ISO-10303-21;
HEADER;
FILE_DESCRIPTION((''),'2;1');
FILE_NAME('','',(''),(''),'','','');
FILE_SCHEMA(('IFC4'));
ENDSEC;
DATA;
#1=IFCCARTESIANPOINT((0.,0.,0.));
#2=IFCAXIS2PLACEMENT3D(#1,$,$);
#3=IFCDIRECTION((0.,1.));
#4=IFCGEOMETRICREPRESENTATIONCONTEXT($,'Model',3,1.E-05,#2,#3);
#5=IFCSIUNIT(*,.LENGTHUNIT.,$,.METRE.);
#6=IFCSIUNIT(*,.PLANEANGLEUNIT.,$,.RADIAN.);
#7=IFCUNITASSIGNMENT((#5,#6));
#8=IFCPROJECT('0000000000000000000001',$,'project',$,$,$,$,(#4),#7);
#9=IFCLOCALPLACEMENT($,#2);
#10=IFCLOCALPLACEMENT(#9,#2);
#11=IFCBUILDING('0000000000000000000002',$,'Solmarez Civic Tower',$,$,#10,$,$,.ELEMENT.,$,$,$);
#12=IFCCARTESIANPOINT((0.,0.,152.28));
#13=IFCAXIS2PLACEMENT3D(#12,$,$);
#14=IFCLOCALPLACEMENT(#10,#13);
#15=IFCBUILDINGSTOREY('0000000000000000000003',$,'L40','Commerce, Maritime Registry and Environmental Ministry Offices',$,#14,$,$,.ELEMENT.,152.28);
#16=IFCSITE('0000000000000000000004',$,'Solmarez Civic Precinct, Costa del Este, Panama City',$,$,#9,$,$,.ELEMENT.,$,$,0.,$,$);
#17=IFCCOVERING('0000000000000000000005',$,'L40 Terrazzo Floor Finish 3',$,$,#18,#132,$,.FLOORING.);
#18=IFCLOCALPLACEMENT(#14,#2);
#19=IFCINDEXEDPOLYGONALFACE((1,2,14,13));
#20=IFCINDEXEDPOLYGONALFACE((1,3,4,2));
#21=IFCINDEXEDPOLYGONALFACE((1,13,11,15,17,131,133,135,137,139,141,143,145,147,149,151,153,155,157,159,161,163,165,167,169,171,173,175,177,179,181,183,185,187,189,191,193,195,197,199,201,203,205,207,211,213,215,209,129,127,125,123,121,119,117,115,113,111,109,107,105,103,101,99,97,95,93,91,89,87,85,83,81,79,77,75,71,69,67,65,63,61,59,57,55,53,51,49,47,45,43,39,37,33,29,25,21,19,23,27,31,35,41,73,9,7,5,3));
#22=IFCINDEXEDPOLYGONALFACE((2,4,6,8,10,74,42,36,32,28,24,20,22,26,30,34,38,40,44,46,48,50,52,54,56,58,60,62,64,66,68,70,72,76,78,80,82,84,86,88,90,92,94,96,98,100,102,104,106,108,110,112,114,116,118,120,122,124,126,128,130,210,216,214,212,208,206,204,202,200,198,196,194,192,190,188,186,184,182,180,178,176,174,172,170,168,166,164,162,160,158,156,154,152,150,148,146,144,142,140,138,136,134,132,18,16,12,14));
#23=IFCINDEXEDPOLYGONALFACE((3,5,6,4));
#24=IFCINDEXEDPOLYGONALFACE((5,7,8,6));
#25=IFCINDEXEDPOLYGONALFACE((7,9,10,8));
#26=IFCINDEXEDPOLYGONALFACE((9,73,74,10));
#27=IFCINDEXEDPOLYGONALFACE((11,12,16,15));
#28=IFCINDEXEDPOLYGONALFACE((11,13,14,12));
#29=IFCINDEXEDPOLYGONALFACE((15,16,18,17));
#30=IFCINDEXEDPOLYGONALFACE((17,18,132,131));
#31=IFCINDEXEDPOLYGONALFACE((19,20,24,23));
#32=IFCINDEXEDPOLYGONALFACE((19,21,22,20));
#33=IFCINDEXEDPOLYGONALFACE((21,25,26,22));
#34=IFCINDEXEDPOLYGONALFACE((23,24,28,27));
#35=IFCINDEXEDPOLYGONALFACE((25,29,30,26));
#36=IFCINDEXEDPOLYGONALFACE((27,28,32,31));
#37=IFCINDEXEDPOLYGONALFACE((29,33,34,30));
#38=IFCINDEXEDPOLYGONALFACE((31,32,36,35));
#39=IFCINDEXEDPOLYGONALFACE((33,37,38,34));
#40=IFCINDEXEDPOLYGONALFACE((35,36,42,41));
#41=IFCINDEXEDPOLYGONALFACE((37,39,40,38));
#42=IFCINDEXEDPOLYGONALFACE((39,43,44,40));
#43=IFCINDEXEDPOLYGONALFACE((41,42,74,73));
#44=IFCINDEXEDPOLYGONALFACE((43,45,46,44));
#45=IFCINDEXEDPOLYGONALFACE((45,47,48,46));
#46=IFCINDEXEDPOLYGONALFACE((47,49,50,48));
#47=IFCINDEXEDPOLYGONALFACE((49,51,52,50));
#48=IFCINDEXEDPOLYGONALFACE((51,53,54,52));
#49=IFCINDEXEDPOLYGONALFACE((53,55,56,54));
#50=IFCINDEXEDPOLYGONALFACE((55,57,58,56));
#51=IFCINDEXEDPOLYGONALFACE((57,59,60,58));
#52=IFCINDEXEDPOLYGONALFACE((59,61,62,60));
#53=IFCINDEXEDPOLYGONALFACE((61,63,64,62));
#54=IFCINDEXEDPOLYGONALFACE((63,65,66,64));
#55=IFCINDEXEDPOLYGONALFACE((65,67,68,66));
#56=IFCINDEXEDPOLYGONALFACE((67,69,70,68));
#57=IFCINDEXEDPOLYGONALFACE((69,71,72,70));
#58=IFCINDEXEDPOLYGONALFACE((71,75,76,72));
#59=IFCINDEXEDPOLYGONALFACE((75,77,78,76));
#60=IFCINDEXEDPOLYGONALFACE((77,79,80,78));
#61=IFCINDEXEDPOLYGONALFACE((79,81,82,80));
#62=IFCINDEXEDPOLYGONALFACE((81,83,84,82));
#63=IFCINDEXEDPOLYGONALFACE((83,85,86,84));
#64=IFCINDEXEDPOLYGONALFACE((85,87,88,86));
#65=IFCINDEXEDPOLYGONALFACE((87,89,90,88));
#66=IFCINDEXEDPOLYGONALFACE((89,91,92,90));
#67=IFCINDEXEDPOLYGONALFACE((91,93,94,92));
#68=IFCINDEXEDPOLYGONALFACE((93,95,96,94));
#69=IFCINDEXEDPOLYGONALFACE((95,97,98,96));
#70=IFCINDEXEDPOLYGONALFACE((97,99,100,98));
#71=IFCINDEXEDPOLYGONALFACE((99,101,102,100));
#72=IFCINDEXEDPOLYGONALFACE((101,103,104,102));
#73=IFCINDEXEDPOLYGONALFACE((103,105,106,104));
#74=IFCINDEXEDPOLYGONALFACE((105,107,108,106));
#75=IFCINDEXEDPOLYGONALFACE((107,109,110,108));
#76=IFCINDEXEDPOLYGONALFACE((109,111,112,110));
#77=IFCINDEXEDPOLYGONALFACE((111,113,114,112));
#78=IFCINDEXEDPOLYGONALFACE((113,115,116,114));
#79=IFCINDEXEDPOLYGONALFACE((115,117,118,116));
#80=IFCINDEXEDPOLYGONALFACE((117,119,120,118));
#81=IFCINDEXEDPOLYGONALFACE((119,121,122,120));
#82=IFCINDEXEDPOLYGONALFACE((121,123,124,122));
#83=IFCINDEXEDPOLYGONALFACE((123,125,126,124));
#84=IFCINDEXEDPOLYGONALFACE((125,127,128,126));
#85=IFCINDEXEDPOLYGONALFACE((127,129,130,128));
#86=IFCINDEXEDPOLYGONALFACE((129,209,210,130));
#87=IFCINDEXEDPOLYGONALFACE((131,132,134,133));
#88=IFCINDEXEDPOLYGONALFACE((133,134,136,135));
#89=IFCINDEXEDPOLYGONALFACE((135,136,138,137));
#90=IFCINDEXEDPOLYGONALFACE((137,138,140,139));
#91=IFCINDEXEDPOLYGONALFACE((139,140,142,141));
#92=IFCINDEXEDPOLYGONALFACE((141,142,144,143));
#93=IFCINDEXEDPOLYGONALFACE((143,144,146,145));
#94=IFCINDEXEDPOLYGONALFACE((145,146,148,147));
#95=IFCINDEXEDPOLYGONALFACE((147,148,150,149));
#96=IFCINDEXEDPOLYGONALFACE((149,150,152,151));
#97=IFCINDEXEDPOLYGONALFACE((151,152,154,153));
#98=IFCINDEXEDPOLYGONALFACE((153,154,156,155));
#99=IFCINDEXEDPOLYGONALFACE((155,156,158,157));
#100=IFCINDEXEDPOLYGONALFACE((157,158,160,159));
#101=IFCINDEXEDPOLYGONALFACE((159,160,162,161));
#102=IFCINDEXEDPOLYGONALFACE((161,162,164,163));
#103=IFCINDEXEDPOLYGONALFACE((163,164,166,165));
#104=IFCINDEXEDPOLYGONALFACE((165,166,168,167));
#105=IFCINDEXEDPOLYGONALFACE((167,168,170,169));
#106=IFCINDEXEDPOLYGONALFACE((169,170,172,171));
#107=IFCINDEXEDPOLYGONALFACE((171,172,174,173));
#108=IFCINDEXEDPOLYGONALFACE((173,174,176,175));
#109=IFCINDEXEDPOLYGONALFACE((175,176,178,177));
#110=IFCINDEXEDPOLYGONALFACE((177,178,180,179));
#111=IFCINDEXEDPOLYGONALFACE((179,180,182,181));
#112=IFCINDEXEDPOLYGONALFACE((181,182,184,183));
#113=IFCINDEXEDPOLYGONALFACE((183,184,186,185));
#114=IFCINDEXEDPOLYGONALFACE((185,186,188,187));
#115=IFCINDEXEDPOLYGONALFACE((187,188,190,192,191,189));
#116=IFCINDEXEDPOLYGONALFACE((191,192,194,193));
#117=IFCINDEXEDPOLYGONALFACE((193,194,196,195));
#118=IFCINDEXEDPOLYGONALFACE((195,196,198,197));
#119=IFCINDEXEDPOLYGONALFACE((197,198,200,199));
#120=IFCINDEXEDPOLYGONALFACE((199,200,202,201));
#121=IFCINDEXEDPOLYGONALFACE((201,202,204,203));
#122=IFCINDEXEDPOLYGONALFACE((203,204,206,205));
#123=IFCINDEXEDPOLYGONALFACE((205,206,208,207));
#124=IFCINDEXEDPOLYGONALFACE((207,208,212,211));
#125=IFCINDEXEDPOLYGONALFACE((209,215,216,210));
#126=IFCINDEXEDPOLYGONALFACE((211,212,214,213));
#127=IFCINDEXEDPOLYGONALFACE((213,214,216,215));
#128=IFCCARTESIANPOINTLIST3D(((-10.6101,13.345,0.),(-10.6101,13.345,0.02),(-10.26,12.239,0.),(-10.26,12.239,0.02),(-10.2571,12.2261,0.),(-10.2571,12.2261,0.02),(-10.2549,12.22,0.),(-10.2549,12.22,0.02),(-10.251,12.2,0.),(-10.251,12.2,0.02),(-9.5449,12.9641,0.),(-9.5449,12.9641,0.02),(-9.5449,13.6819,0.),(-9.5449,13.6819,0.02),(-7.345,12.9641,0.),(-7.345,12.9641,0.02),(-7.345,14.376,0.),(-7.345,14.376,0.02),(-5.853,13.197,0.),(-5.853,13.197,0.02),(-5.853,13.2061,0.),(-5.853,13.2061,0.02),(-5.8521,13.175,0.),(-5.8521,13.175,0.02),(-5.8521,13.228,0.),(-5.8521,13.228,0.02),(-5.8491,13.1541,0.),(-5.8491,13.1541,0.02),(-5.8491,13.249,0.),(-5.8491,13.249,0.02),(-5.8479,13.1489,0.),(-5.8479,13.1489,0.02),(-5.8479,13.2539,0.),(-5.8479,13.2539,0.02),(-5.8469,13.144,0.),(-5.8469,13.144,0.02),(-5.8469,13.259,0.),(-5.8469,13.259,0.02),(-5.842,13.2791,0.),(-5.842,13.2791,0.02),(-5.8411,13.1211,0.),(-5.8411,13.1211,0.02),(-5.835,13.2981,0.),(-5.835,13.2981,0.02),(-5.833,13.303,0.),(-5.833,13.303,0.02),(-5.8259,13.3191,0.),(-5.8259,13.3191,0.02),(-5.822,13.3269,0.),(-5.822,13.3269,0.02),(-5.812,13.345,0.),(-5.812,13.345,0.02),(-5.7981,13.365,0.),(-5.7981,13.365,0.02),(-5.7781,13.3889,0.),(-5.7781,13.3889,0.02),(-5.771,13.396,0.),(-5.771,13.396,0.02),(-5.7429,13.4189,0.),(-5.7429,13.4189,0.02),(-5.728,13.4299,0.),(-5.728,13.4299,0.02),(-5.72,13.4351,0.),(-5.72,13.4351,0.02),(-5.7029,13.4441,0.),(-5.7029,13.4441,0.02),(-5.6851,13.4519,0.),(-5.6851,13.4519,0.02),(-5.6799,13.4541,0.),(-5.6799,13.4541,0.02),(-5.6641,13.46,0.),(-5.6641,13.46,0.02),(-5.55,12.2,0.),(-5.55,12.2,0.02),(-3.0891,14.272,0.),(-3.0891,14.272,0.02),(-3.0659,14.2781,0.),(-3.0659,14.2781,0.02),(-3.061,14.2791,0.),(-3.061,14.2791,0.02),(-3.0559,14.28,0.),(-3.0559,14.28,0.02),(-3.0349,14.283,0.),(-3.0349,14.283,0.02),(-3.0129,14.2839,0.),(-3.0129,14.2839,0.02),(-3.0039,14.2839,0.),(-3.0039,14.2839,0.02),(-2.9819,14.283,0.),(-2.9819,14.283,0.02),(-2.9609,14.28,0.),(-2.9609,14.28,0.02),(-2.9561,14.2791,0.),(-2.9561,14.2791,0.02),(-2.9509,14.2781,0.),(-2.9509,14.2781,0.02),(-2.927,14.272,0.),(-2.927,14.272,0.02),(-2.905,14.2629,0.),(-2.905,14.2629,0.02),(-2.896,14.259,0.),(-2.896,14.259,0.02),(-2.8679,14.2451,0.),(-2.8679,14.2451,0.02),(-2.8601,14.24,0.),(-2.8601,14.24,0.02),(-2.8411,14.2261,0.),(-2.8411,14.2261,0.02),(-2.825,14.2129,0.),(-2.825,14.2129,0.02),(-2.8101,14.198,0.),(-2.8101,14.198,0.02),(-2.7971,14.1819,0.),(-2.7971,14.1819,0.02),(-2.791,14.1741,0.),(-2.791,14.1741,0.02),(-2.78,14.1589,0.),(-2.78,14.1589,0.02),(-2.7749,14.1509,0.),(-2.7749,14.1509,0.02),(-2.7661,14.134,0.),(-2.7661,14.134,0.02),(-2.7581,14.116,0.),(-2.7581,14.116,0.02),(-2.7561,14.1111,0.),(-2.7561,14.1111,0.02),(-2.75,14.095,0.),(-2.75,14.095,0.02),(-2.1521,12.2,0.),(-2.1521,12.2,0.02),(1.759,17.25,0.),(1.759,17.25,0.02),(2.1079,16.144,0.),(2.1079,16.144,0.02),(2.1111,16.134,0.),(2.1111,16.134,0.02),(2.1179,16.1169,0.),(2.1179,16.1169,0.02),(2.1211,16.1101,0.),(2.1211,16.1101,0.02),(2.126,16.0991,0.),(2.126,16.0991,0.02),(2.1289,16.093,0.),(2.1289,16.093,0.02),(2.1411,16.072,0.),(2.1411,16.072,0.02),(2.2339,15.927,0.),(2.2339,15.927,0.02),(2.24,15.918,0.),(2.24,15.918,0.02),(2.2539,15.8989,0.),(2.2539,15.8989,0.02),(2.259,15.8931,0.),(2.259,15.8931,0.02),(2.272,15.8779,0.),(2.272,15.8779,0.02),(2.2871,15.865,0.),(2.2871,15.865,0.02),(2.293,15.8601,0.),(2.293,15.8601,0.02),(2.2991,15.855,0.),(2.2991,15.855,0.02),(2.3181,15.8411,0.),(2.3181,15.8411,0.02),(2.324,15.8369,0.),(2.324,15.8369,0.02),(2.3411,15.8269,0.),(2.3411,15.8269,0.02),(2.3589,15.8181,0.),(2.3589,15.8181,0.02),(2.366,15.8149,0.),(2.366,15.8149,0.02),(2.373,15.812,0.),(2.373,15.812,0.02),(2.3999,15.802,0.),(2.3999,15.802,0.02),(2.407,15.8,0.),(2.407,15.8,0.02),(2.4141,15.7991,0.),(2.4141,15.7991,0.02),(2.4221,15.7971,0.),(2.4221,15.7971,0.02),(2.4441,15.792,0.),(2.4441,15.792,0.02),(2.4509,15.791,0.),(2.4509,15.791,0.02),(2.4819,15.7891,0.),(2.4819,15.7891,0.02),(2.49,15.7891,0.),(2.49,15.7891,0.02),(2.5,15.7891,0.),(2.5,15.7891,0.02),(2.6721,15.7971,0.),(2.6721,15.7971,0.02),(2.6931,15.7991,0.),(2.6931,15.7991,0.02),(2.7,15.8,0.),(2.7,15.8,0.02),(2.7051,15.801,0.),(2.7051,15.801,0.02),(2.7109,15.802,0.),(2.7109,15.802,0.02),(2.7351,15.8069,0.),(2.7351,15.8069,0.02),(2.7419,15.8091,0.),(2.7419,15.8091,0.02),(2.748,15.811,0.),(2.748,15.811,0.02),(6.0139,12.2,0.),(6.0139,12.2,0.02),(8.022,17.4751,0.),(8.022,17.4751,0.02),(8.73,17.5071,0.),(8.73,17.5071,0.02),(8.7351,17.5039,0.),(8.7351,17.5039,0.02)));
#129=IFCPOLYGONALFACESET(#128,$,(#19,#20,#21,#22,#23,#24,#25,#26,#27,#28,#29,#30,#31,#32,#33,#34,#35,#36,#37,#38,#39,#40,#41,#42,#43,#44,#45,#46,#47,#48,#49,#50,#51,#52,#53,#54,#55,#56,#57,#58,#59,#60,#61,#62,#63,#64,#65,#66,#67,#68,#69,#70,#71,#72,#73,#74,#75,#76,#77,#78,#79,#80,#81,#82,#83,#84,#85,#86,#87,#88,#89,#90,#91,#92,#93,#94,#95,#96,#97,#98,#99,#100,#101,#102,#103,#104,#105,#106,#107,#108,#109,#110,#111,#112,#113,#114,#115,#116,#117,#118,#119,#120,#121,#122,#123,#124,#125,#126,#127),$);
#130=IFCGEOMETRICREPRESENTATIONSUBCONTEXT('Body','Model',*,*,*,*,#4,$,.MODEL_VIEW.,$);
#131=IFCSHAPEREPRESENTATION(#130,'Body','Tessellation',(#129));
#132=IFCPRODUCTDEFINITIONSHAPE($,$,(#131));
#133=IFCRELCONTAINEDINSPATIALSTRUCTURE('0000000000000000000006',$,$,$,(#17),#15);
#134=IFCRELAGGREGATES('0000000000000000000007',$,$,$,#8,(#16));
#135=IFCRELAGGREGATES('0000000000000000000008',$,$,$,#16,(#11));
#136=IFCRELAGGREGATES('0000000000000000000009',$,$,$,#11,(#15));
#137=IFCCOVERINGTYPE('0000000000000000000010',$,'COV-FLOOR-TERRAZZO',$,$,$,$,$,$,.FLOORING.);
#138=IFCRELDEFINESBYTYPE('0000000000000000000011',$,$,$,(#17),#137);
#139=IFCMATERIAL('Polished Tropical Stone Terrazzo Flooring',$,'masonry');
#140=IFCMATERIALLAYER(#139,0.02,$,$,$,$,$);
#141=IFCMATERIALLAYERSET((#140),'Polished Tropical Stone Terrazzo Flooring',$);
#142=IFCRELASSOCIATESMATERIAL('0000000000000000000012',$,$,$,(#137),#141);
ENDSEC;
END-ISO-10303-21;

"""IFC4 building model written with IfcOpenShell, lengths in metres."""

from ifc_helpers import new_model, si_unit, direction, frame, origin, place, context, subcontext, project, spatial, polyline, outline, extrude, material, layer, layer_set, type_object, element, save


model = new_model("IFC4")

# Units and contexts
model_context = context("Model", 3, precision=1e-05, world=origin(), true_north=direction((0.0, 1.0)))
body_context = subcontext(model_context, "Body", "Model", "MODEL_VIEW")
ifc_project = project(units=[si_unit("LENGTHUNIT", "METRE"), si_unit("PLANEANGLEUNIT", "RADIAN")], contexts=[model_context])

# Site, building, storey
site_placement = place(None, origin())
site = spatial("IfcSite", under=ifc_project, at=site_placement, Name="Solmarez Civic Precinct, Costa del Este, Panama City", CompositionType="ELEMENT", RefElevation=0.0)
building_placement = place(site_placement, origin())
building = spatial("IfcBuilding", under=site, at=building_placement, Name="Solmarez Civic Tower", CompositionType="ELEMENT")
storey_placement = place(building_placement, frame((0.0, 0.0, 152.28)))
storey = spatial("IfcBuildingStorey", under=building, at=storey_placement, Name="L40", Description="Commerce, Maritime Registry and Environmental Ministry Offices", CompositionType="ELEMENT", Elevation=152.28)

# Covering
ifc_material_1 = material(Name="Polished Tropical Stone Terrazzo Flooring", Category="masonry")
ifc_layer_1 = layer(ifc_material_1, 0.02)
ifc_layer_set_1 = layer_set([ifc_layer_1], Name="Polished Tropical Stone Terrazzo Flooring")
covering_type_1 = type_object("IfcCoveringType", Name="COV-FLOOR-TERRAZZO", PredefinedType="FLOORING", material=ifc_layer_set_1)
covering_1_placement = place(storey_placement, origin())
element("IfcCovering", 1, at=covering_1_placement, inside=storey, type_object=covering_type_1, Name="L40 Terrazzo Floor Finish 3", PredefinedType="FLOORING", context=body_context, shape_type="SweptSolid", body=[
    extrude(outline(polyline([(-10.6101, 13.345), (-10.26, 12.239), (-10.2571, 12.2261), (-10.2549, 12.22), (-10.251, 12.2), (-5.55, 12.2), (-5.8411, 13.1211), (-5.8469, 13.144), (-5.8479, 13.1489), (-5.8491, 13.1541), (-5.8521, 13.175), (-5.853, 13.197), (-5.853, 13.2061), (-5.8521, 13.228), (-5.8491, 13.249), (-5.8479, 13.2539), (-5.8469, 13.259), (-5.842, 13.2791), (-5.835, 13.2981), (-5.833, 13.303), (-5.8259, 13.3191), (-5.822, 13.3269), (-5.812, 13.345), (-5.7981, 13.365), (-5.7781, 13.3889), (-5.771, 13.396), (-5.7429, 13.4189), (-5.728, 13.4299), (-5.72, 13.4351), (-5.7029, 13.4441), (-5.6851, 13.4519), (-5.6799, 13.4541), (-5.6641, 13.46), (-3.0891, 14.272), (-3.0659, 14.2781), (-3.061, 14.2791), (-3.0559, 14.28), (-3.0349, 14.283), (-3.0129, 14.2839), (-3.0039, 14.2839), (-2.9819, 14.283), (-2.9609, 14.28), (-2.9561, 14.2791), (-2.9509, 14.2781), (-2.927, 14.272), (-2.905, 14.2629), (-2.896, 14.259), (-2.8679, 14.2451), (-2.8601, 14.24), (-2.8411, 14.2261), (-2.825, 14.2129), (-2.8101, 14.198), (-2.7971, 14.1819), (-2.791, 14.1741), (-2.78, 14.1589), (-2.7749, 14.1509), (-2.7661, 14.134), (-2.7581, 14.116), (-2.7561, 14.1111), (-2.75, 14.095), (-2.1521, 12.2), (6.0139, 12.2), (8.7351, 17.5039), (8.73, 17.5071), (8.022, 17.4751), (2.748, 15.811), (2.7419, 15.8091), (2.7351, 15.8069), (2.7109, 15.802), (2.7051, 15.801), (2.7, 15.8), (2.6931, 15.7991), (2.6721, 15.7971), (2.5, 15.7891), (2.49, 15.7891), (2.4819, 15.7891), (2.4509, 15.791), (2.4441, 15.792), (2.4221, 15.7971), (2.4141, 15.7991), (2.407, 15.8), (2.3999, 15.802), (2.373, 15.812), (2.366, 15.8149), (2.3589, 15.8181), (2.3411, 15.8269), (2.324, 15.8369), (2.3181, 15.8411), (2.2991, 15.855), (2.293, 15.8601), (2.2871, 15.865), (2.272, 15.8779), (2.259, 15.8931), (2.2539, 15.8989), (2.24, 15.918), (2.2339, 15.927), (2.1411, 16.072), (2.1289, 16.093), (2.126, 16.0991), (2.1211, 16.1101), (2.1179, 16.1169), (2.1111, 16.134), (2.1079, 16.144), (1.759, 17.25), (-7.345, 14.376), (-7.345, 12.9641), (-9.5449, 12.9641), (-9.5449, 13.6819), (-10.6101, 13.345)])), origin(), (0.0, 0.0, 1.0), 0.02),
])

save(model, "model.ifc")
